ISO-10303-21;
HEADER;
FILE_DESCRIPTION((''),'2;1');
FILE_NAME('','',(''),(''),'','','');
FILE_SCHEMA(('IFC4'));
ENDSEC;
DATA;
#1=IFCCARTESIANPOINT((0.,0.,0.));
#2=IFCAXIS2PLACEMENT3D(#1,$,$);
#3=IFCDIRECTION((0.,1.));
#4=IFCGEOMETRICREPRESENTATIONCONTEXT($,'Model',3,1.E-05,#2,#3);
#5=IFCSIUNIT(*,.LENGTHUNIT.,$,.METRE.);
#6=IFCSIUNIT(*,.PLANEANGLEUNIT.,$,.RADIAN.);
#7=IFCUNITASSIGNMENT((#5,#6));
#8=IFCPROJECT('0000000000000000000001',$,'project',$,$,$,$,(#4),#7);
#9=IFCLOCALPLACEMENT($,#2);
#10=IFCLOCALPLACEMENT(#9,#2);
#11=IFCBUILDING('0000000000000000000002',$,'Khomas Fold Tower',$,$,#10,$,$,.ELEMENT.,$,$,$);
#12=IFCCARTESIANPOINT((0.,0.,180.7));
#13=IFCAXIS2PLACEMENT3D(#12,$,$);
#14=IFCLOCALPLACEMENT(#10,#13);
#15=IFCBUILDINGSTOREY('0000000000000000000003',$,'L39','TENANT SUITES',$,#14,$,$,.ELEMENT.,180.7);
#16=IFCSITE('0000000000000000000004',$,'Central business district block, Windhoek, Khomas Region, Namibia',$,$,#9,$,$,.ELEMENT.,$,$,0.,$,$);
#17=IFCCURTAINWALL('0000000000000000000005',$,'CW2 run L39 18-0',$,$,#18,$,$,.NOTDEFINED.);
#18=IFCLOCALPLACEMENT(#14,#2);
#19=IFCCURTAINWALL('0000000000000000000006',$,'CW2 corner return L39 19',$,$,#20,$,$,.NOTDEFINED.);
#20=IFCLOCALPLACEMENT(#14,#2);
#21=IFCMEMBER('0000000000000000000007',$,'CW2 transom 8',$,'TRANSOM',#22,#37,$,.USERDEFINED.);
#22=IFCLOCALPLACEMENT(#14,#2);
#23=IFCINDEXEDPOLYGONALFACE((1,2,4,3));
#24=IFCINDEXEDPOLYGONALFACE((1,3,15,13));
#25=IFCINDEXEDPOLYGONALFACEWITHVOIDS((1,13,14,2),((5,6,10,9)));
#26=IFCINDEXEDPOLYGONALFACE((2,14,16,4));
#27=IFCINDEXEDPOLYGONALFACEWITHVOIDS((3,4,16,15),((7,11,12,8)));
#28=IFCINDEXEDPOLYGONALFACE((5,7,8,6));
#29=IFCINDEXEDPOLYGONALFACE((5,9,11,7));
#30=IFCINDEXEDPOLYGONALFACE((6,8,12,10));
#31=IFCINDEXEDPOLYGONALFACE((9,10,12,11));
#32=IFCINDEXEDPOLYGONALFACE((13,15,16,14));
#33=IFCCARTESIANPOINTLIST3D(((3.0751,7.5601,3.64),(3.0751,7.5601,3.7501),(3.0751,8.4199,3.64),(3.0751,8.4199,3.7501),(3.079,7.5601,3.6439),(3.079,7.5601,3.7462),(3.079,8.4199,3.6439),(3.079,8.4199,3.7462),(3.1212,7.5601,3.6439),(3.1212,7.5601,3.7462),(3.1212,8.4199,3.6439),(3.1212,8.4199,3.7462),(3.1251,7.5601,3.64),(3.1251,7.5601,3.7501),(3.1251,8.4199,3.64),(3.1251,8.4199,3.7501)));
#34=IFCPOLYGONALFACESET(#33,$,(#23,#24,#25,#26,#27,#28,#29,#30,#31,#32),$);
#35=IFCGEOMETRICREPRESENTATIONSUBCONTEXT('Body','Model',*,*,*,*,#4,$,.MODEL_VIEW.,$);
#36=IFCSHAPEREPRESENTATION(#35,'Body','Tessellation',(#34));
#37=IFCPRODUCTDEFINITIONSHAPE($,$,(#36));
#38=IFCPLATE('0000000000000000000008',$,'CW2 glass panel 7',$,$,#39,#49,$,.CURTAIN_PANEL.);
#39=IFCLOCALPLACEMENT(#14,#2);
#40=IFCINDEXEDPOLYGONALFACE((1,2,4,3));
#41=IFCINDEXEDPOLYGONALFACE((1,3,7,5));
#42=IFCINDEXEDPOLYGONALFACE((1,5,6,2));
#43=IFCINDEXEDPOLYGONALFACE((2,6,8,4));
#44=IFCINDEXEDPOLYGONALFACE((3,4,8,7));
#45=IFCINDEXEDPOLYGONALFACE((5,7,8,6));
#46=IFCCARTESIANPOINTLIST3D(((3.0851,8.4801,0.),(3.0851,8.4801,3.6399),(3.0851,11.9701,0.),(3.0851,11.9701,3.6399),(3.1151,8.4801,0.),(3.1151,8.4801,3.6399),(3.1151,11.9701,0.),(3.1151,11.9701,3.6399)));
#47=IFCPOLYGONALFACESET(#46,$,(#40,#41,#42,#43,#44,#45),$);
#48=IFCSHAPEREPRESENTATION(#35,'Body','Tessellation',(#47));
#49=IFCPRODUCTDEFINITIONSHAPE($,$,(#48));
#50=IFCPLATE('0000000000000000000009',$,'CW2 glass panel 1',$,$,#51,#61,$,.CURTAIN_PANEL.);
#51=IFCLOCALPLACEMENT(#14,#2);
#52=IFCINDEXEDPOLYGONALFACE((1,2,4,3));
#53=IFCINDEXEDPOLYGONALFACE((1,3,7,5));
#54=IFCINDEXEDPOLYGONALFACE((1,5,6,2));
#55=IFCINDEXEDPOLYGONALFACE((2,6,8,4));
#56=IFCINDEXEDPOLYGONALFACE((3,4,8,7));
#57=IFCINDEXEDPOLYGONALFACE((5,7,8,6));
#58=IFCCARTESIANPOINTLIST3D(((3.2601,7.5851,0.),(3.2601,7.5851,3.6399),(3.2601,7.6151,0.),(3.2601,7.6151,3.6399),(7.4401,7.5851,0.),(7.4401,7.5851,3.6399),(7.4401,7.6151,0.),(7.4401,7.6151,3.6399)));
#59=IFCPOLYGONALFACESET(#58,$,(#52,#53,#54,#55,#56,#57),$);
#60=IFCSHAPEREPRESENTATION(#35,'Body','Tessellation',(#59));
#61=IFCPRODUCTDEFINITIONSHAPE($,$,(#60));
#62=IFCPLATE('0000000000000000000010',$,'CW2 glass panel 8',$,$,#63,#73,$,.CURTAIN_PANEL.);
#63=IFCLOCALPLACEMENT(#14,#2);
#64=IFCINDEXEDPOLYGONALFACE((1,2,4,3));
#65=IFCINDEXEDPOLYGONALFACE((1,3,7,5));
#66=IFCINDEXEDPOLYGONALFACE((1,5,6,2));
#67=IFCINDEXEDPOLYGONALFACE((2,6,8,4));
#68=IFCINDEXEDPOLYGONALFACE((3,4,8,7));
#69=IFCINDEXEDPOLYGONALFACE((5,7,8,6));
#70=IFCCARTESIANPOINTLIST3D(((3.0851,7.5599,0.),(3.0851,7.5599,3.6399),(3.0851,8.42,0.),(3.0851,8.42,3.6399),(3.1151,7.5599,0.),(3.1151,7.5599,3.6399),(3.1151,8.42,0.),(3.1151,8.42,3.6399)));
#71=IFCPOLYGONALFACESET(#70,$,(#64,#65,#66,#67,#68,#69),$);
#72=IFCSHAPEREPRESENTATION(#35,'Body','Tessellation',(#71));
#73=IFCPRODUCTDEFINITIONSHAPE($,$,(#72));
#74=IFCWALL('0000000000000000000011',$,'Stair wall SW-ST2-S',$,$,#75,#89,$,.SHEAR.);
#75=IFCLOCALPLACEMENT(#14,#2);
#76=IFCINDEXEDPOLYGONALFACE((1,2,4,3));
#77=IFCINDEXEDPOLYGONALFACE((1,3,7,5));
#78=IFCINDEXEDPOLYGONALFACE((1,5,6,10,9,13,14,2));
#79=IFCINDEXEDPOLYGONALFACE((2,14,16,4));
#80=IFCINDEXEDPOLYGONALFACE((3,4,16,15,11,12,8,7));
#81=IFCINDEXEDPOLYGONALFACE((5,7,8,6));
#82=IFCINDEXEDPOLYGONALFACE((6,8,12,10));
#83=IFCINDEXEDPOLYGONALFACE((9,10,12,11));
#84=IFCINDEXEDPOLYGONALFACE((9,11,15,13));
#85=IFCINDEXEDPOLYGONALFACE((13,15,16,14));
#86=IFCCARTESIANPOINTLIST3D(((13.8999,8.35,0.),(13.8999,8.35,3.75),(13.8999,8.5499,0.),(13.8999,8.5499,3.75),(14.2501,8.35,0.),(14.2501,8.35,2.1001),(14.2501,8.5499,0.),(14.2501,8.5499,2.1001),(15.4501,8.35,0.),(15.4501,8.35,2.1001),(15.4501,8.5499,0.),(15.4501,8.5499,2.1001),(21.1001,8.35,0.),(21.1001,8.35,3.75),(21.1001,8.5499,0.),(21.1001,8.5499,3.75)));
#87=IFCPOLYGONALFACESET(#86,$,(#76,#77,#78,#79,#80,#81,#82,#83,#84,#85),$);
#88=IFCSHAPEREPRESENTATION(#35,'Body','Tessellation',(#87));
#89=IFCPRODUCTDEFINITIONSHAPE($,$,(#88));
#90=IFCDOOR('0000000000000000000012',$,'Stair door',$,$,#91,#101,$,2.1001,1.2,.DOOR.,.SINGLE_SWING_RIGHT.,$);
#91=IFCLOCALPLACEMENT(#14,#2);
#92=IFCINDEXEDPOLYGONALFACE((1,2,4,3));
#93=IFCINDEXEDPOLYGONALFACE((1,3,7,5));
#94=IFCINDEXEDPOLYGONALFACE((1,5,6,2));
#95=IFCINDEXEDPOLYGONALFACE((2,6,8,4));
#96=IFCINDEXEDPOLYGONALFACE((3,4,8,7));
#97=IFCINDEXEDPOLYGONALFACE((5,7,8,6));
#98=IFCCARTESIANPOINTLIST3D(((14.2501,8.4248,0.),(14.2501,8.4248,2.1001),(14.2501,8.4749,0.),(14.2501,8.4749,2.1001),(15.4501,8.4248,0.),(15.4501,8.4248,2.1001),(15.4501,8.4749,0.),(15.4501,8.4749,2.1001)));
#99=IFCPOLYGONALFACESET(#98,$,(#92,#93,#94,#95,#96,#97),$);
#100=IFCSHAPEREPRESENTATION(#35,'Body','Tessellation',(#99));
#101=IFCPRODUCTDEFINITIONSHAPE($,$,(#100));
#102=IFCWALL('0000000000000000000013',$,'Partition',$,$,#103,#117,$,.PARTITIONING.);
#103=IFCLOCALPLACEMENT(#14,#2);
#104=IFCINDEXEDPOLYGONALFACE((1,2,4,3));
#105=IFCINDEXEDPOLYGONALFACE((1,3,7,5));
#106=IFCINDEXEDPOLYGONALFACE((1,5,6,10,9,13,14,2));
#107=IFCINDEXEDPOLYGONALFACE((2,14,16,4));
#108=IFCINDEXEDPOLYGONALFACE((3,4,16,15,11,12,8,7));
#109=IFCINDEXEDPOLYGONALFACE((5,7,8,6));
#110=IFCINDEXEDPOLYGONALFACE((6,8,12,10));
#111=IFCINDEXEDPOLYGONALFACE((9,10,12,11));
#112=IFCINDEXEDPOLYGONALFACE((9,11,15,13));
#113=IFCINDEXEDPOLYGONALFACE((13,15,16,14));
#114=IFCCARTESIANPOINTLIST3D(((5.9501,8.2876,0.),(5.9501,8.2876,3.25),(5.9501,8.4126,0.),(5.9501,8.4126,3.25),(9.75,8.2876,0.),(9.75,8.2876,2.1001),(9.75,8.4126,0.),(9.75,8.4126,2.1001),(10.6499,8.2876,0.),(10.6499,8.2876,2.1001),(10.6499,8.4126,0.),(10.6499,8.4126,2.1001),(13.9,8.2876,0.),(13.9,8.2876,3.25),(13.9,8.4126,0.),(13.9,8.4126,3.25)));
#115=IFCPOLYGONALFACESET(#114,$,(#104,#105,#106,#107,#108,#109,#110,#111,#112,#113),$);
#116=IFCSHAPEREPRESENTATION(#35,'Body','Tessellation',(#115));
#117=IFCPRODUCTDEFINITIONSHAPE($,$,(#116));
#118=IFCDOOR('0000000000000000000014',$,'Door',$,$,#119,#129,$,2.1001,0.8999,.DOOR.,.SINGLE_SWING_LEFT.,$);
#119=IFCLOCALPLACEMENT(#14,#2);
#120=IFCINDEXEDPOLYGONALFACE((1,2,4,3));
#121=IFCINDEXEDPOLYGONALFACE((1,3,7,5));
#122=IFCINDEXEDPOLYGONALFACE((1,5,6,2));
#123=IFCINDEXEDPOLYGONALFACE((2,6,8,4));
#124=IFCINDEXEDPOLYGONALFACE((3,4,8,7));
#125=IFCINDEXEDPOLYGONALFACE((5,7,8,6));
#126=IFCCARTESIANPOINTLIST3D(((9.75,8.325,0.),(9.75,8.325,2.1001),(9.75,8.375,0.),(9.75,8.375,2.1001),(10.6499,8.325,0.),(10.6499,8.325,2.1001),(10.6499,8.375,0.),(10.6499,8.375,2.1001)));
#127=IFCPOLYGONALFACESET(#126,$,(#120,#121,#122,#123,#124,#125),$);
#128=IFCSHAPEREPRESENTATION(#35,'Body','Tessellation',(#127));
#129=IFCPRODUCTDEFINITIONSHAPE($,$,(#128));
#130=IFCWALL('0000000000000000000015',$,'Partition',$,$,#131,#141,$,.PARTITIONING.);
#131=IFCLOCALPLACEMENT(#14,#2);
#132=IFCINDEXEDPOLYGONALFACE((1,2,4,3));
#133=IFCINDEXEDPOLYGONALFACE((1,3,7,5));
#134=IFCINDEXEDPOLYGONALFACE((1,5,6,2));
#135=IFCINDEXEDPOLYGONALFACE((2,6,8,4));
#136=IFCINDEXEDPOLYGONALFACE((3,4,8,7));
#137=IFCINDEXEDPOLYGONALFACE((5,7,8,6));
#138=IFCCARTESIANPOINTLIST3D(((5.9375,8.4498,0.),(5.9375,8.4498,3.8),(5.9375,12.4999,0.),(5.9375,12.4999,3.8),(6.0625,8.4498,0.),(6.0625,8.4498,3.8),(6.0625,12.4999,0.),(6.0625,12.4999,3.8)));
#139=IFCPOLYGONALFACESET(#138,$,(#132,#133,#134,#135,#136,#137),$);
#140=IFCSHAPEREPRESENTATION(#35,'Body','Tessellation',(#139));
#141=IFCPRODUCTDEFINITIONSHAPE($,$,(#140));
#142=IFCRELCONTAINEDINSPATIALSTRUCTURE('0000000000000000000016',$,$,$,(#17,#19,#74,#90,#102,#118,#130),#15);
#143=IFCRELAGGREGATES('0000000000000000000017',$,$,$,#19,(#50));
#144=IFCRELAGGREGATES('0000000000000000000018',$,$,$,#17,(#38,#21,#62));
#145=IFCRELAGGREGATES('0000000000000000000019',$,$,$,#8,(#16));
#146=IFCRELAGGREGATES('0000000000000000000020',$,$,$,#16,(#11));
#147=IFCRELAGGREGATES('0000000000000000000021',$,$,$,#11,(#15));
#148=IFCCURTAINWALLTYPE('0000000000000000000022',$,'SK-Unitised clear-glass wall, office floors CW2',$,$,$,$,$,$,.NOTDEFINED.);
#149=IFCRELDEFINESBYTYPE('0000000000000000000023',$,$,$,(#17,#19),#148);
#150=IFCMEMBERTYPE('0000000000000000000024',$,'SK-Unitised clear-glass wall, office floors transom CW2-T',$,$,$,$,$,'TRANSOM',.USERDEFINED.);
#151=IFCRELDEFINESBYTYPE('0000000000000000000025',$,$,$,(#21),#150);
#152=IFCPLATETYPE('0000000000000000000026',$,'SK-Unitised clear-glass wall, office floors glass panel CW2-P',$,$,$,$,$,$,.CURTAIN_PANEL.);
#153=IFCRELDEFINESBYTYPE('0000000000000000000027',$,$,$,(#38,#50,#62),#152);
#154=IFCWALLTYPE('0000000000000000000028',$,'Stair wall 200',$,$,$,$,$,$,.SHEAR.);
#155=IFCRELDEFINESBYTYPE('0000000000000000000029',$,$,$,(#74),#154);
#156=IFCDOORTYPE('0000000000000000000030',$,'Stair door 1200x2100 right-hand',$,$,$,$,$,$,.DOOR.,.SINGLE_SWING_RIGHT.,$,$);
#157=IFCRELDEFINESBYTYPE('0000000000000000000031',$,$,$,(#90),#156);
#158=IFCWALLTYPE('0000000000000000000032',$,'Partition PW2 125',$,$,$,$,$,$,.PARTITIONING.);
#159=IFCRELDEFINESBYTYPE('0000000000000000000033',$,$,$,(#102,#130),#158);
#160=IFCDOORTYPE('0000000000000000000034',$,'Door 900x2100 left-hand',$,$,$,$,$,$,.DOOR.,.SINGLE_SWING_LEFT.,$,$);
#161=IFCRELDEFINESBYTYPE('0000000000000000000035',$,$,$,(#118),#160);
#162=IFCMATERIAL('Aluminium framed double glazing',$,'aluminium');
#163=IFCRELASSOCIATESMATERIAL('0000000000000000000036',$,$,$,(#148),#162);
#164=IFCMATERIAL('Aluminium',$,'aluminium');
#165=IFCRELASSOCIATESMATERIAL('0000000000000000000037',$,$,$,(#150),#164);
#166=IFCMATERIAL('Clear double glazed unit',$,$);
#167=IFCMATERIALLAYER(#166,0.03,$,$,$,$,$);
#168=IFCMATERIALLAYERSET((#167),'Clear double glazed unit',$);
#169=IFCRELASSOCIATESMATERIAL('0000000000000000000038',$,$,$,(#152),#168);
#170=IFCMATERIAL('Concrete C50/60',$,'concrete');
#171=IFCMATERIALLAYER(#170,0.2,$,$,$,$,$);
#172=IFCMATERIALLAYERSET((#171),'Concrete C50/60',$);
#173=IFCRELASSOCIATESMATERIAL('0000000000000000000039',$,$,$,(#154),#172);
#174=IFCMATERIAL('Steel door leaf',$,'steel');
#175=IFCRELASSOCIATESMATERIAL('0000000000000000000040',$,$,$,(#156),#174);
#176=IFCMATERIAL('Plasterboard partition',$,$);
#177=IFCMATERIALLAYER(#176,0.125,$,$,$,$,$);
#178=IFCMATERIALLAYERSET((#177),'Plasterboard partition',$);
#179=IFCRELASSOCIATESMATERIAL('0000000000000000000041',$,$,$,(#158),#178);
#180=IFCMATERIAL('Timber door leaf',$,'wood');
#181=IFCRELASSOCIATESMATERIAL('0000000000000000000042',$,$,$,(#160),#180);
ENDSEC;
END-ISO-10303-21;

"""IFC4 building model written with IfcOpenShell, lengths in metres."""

from ifc_helpers import new_model, si_unit, direction, frame, frame_2d, origin, origin_2d, place, context, subcontext, project, spatial, rectangle, hollow_rectangle, extrude, source, transform, mapped, material, layer, layer_set, material_profile, profile_set, type_object, element, fill, aggregate, save


model = new_model("IFC4")

# Units and contexts
model_context = context("Model", 3, precision=1e-05, world=origin(), true_north=direction((0.0, 1.0)))
body_context = subcontext(model_context, "Body", "Model", "MODEL_VIEW")
ifc_project = project(units=[si_unit("LENGTHUNIT", "METRE"), si_unit("PLANEANGLEUNIT", "RADIAN")], contexts=[model_context])

# Site, building, storey
site_placement = place(None, origin())
site = spatial("IfcSite", under=ifc_project, at=site_placement, Name="Central business district block, Windhoek, Khomas Region, Namibia", CompositionType="ELEMENT", RefElevation=0.0)
building_placement = place(site_placement, origin())
building = spatial("IfcBuilding", under=site, at=building_placement, Name="Khomas Fold Tower", CompositionType="ELEMENT")
storey_placement = place(building_placement, frame((0.0, 0.0, 180.7)))
storey = spatial("IfcBuildingStorey", under=building, at=storey_placement, Name="L39", Description="TENANT SUITES", CompositionType="ELEMENT", Elevation=180.7)

# Shared definitions
ifc_material_1 = material(Name="Aluminium framed double glazing", Category="aluminium")
curtain_wall_type = type_object("IfcCurtainWallType", Name="SK-Unitised clear-glass wall, office floors CW2", PredefinedType="NOTDEFINED", material=ifc_material_1)

# Curtain walls
curtain_wall_1_placement = place(storey_placement, origin())
curtain_wall_1 = element("IfcCurtainWall", 1, at=curtain_wall_1_placement, inside=storey, type_object=curtain_wall_type, Name="CW2 run L39 18-0", PredefinedType="NOTDEFINED")
curtain_wall_2_placement = place(storey_placement, origin())
curtain_wall_2 = element("IfcCurtainWall", 2, at=curtain_wall_2_placement, inside=storey, type_object=curtain_wall_type, Name="CW2 corner return L39 19", PredefinedType="NOTDEFINED")
ifc_material_2 = material(Name="Aluminium", Category="aluminium")
ifc_material_profile_1 = material_profile(ifc_material_2, hollow_rectangle(XDim=0.05, YDim=0.1101, WallThickness=0.0039, at=origin_2d()), Name="SK-Unitised clear-glass wall, office floors transom CW2-T")
ifc_profile_set_1 = profile_set([ifc_material_profile_1], Name="Aluminium")
member_type_1 = type_object("IfcMemberType", Name="SK-Unitised clear-glass wall, office floors transom CW2-T", ElementType="TRANSOM", PredefinedType="USERDEFINED", material=ifc_profile_set_1)

# Member
shared_shape_1 = source(origin(), body_context, "Body", "SweptSolid", [
    extrude(hollow_rectangle(XDim=0.05, YDim=0.1101, WallThickness=0.0039, at=origin_2d()), origin(), (0.0, 0.0, 1.0), 0.8599),
])
member_1_placement = place(storey_placement, frame((3.1001, 8.4199, 3.6951), z_axis=(0.0, -1.0, 0.0), x_axis=(1.0, 0.0, 0.0)))
member_1 = element("IfcMember", 3, at=member_1_placement, type_object=member_type_1, Name="CW2 transom 8", ObjectType="TRANSOM", PredefinedType="USERDEFINED", context=body_context, shape_type="MappedRepresentation", body=[
    mapped(shared_shape_1, transform((0.0, 0.0, 0.0))),
])

# Plates
ifc_material_3 = material(Name="Clear double glazed unit")
ifc_layer_1 = layer(ifc_material_3, 0.03)
ifc_layer_set_1 = layer_set([ifc_layer_1], Name="Clear double glazed unit")
plate_type = type_object("IfcPlateType", Name="SK-Unitised clear-glass wall, office floors glass panel CW2-P", PredefinedType="CURTAIN_PANEL", material=ifc_layer_set_1)
shared_shape_2 = source(origin(), body_context, "Body", "SweptSolid", [
    extrude(rectangle(XDim=3.49, YDim=0.03, at=origin_2d()), origin(), (0.0, 0.0, 1.0), 3.6399),
])
plate_1_placement = place(storey_placement, frame((3.1001, 10.2251, 0.0), z_axis=(0.0, 0.0, 1.0), x_axis=(0.0, -1.0, 0.0)))
plate_1 = element("IfcPlate", 4, at=plate_1_placement, type_object=plate_type, Name="CW2 glass panel 7", PredefinedType="CURTAIN_PANEL", context=body_context, shape_type="MappedRepresentation", body=[
    mapped(shared_shape_2, transform((0.0, 0.0, 0.0))),
])
shared_shape_3 = source(origin(), body_context, "Body", "SweptSolid", [
    extrude(rectangle(XDim=4.1799, YDim=0.03, at=origin_2d()), origin(), (0.0, 0.0, 1.0), 3.6399),
])
plate_2_placement = place(storey_placement, frame((5.3501, 7.6001, 0.0), z_axis=(0.0, 0.0, 1.0), x_axis=(1.0, 0.0, 0.0)))
plate_2 = element("IfcPlate", 5, at=plate_2_placement, type_object=plate_type, Name="CW2 glass panel 1", PredefinedType="CURTAIN_PANEL", context=body_context, shape_type="MappedRepresentation", body=[
    mapped(shared_shape_3, transform((0.0, 0.0, 0.0))),
])
aggregate(curtain_wall_2, [plate_2])
shared_shape_4 = source(origin(), body_context, "Body", "SweptSolid", [
    extrude(rectangle(XDim=0.8601, YDim=0.03, at=origin_2d()), origin(), (0.0, 0.0, 1.0), 3.6399),
])
plate_3_placement = place(storey_placement, frame((3.1001, 7.99, 0.0), z_axis=(0.0, 0.0, 1.0), x_axis=(0.0, -1.0, 0.0)))
plate_3 = element("IfcPlate", 6, at=plate_3_placement, type_object=plate_type, Name="CW2 glass panel 8", PredefinedType="CURTAIN_PANEL", context=body_context, shape_type="MappedRepresentation", body=[
    mapped(shared_shape_4, transform((0.0, 0.0, 0.0))),
])
aggregate(curtain_wall_1, [plate_1, member_1, plate_3])

# Walls, openings, doors
ifc_material_4 = material(Name="Concrete C50/60", Category="concrete")
ifc_layer_2 = layer(ifc_material_4, 0.2)
ifc_layer_set_2 = layer_set([ifc_layer_2], Name="Concrete C50/60")
wall_type_1 = type_object("IfcWallType", Name="Stair wall 200", PredefinedType="SHEAR", material=ifc_layer_set_2)
shared_shape_5 = source(origin(), body_context, "Body", "SweptSolid", [
    extrude(rectangle(XDim=7.2002, YDim=0.2, at=frame_2d((3.6001, 0.0))), origin(), (0.0, 0.0, 1.0), 3.75),
])
wall_1_placement = place(storey_placement, frame((13.8999, 8.45, 0.0), z_axis=(0.0, 0.0, 1.0), x_axis=(1.0, 0.0, 0.0)))
wall_1 = element("IfcWall", 7, at=wall_1_placement, inside=storey, type_object=wall_type_1, Name="Stair wall SW-ST2-S", PredefinedType="SHEAR", context=body_context, shape_type="MappedRepresentation", body=[
    mapped(shared_shape_5, transform((0.0, 0.0, 0.0))),
])
shared_shape_6 = source(origin(), body_context, "Body", "SweptSolid", [
    extrude(rectangle(XDim=1.2, YDim=2.1001, at=frame_2d((0.6001, 1.05))), frame((0.0, 0.1099, 0.0), z_axis=(0.0, -1.0, 0.0), x_axis=(1.0, 0.0, 0.0)), (0.0, 0.0, 1.0), 0.22),
])
opening_1_placement = place(wall_1_placement, frame((0.3501, 0.0, 0.0)))
opening_1 = element("IfcOpeningElement", 8, at=opening_1_placement, cuts=wall_1, PredefinedType="OPENING", context=body_context, shape_type="MappedRepresentation", body=[
    mapped(shared_shape_6, transform((0.0, 0.0, 0.0))),
])
ifc_material_5 = material(Name="Steel door leaf", Category="steel")
door_type_1 = type_object("IfcDoorType", Name="Stair door 1200x2100 right-hand", OperationType="SINGLE_SWING_RIGHT", PredefinedType="DOOR", material=ifc_material_5)
shared_shape_7 = source(origin(), body_context, "Body", "SweptSolid", [
    extrude(rectangle(XDim=1.2, YDim=2.1001, at=frame_2d((0.6001, 1.05))), frame((0.0, 0.0249, 0.0), z_axis=(0.0, -1.0, 0.0), x_axis=(1.0, 0.0, 0.0)), (0.0, 0.0, 1.0), 0.05),
])
door_1_placement = place(opening_1_placement, origin())
door_1 = element("IfcDoor", 9, at=door_1_placement, inside=storey, type_object=door_type_1, Name="Stair door", OperationType="SINGLE_SWING_RIGHT", OverallHeight=2.1001, OverallWidth=1.2, PredefinedType="DOOR", context=body_context, shape_type="MappedRepresentation", body=[
    mapped(shared_shape_7, transform((0.0, 0.0, 0.0))),
])
fill(opening_1, door_1)
ifc_material_6 = material(Name="Plasterboard partition")
ifc_layer_3 = layer(ifc_material_6, 0.125)
ifc_layer_set_3 = layer_set([ifc_layer_3], Name="Plasterboard partition")
wall_type_2 = type_object("IfcWallType", Name="Partition PW2 125", PredefinedType="PARTITIONING", material=ifc_layer_set_3)
shared_shape_8 = source(origin(), body_context, "Body", "SweptSolid", [
    extrude(rectangle(XDim=7.95, YDim=0.125, at=frame_2d((3.9751, 0.0))), origin(), (0.0, 0.0, 1.0), 3.25),
])
wall_2_placement = place(storey_placement, frame((5.95, 8.3501, 0.0), z_axis=(0.0, 0.0, 1.0), x_axis=(1.0, 0.0, 0.0)))
wall_2 = element("IfcWall", 10, at=wall_2_placement, inside=storey, type_object=wall_type_2, Name="Partition", PredefinedType="PARTITIONING", context=body_context, shape_type="MappedRepresentation", body=[
    mapped(shared_shape_8, transform((0.0, 0.0, 0.0))),
])
shared_shape_9 = source(origin(), body_context, "Body", "SweptSolid", [
    extrude(rectangle(XDim=0.8999, YDim=2.1001, at=frame_2d((0.45, 1.05))), frame((0.0, 0.0725, 0.0), z_axis=(0.0, -1.0, 0.0), x_axis=(1.0, 0.0, 0.0)), (0.0, 0.0, 1.0), 0.145),
])
opening_2_placement = place(wall_2_placement, frame((3.8, 0.0, 0.0)))
opening_2 = element("IfcOpeningElement", 11, at=opening_2_placement, cuts=wall_2, PredefinedType="OPENING", context=body_context, shape_type="MappedRepresentation", body=[
    mapped(shared_shape_9, transform((0.0, 0.0, 0.0))),
])
ifc_material_7 = material(Name="Timber door leaf", Category="wood")
door_type_2 = type_object("IfcDoorType", Name="Door 900x2100 left-hand", OperationType="SINGLE_SWING_LEFT", PredefinedType="DOOR", material=ifc_material_7)
shared_shape_10 = source(origin(), body_context, "Body", "SweptSolid", [
    extrude(rectangle(XDim=0.8999, YDim=2.1001, at=frame_2d((0.45, 1.05))), frame((0.0, 0.0249, 0.0), z_axis=(0.0, -1.0, 0.0), x_axis=(1.0, 0.0, 0.0)), (0.0, 0.0, 1.0), 0.05),
])
door_2_placement = place(opening_2_placement, origin())
door_2 = element("IfcDoor", 12, at=door_2_placement, inside=storey, type_object=door_type_2, Name="Door", OperationType="SINGLE_SWING_LEFT", OverallHeight=2.1001, OverallWidth=0.8999, PredefinedType="DOOR", context=body_context, shape_type="MappedRepresentation", body=[
    mapped(shared_shape_10, transform((0.0, 0.0, 0.0))),
])
fill(opening_2, door_2)

# Wall
shared_shape_11 = source(origin(), body_context, "Body", "SweptSolid", [
    extrude(rectangle(XDim=4.05, YDim=0.125, at=frame_2d((2.0249, 0.0))), origin(), (0.0, 0.0, 1.0), 3.8),
])
wall_3_placement = place(storey_placement, frame((6.0, 8.45, 0.0), z_axis=(0.0, 0.0, 1.0), x_axis=(0.0, 1.0, 0.0)))
element("IfcWall", 13, at=wall_3_placement, inside=storey, type_object=wall_type_2, Name="Partition", PredefinedType="PARTITIONING", context=body_context, shape_type="MappedRepresentation", body=[
    mapped(shared_shape_11, transform((0.0, 0.0, 0.0))),
])

save(model, "model.ifc")
